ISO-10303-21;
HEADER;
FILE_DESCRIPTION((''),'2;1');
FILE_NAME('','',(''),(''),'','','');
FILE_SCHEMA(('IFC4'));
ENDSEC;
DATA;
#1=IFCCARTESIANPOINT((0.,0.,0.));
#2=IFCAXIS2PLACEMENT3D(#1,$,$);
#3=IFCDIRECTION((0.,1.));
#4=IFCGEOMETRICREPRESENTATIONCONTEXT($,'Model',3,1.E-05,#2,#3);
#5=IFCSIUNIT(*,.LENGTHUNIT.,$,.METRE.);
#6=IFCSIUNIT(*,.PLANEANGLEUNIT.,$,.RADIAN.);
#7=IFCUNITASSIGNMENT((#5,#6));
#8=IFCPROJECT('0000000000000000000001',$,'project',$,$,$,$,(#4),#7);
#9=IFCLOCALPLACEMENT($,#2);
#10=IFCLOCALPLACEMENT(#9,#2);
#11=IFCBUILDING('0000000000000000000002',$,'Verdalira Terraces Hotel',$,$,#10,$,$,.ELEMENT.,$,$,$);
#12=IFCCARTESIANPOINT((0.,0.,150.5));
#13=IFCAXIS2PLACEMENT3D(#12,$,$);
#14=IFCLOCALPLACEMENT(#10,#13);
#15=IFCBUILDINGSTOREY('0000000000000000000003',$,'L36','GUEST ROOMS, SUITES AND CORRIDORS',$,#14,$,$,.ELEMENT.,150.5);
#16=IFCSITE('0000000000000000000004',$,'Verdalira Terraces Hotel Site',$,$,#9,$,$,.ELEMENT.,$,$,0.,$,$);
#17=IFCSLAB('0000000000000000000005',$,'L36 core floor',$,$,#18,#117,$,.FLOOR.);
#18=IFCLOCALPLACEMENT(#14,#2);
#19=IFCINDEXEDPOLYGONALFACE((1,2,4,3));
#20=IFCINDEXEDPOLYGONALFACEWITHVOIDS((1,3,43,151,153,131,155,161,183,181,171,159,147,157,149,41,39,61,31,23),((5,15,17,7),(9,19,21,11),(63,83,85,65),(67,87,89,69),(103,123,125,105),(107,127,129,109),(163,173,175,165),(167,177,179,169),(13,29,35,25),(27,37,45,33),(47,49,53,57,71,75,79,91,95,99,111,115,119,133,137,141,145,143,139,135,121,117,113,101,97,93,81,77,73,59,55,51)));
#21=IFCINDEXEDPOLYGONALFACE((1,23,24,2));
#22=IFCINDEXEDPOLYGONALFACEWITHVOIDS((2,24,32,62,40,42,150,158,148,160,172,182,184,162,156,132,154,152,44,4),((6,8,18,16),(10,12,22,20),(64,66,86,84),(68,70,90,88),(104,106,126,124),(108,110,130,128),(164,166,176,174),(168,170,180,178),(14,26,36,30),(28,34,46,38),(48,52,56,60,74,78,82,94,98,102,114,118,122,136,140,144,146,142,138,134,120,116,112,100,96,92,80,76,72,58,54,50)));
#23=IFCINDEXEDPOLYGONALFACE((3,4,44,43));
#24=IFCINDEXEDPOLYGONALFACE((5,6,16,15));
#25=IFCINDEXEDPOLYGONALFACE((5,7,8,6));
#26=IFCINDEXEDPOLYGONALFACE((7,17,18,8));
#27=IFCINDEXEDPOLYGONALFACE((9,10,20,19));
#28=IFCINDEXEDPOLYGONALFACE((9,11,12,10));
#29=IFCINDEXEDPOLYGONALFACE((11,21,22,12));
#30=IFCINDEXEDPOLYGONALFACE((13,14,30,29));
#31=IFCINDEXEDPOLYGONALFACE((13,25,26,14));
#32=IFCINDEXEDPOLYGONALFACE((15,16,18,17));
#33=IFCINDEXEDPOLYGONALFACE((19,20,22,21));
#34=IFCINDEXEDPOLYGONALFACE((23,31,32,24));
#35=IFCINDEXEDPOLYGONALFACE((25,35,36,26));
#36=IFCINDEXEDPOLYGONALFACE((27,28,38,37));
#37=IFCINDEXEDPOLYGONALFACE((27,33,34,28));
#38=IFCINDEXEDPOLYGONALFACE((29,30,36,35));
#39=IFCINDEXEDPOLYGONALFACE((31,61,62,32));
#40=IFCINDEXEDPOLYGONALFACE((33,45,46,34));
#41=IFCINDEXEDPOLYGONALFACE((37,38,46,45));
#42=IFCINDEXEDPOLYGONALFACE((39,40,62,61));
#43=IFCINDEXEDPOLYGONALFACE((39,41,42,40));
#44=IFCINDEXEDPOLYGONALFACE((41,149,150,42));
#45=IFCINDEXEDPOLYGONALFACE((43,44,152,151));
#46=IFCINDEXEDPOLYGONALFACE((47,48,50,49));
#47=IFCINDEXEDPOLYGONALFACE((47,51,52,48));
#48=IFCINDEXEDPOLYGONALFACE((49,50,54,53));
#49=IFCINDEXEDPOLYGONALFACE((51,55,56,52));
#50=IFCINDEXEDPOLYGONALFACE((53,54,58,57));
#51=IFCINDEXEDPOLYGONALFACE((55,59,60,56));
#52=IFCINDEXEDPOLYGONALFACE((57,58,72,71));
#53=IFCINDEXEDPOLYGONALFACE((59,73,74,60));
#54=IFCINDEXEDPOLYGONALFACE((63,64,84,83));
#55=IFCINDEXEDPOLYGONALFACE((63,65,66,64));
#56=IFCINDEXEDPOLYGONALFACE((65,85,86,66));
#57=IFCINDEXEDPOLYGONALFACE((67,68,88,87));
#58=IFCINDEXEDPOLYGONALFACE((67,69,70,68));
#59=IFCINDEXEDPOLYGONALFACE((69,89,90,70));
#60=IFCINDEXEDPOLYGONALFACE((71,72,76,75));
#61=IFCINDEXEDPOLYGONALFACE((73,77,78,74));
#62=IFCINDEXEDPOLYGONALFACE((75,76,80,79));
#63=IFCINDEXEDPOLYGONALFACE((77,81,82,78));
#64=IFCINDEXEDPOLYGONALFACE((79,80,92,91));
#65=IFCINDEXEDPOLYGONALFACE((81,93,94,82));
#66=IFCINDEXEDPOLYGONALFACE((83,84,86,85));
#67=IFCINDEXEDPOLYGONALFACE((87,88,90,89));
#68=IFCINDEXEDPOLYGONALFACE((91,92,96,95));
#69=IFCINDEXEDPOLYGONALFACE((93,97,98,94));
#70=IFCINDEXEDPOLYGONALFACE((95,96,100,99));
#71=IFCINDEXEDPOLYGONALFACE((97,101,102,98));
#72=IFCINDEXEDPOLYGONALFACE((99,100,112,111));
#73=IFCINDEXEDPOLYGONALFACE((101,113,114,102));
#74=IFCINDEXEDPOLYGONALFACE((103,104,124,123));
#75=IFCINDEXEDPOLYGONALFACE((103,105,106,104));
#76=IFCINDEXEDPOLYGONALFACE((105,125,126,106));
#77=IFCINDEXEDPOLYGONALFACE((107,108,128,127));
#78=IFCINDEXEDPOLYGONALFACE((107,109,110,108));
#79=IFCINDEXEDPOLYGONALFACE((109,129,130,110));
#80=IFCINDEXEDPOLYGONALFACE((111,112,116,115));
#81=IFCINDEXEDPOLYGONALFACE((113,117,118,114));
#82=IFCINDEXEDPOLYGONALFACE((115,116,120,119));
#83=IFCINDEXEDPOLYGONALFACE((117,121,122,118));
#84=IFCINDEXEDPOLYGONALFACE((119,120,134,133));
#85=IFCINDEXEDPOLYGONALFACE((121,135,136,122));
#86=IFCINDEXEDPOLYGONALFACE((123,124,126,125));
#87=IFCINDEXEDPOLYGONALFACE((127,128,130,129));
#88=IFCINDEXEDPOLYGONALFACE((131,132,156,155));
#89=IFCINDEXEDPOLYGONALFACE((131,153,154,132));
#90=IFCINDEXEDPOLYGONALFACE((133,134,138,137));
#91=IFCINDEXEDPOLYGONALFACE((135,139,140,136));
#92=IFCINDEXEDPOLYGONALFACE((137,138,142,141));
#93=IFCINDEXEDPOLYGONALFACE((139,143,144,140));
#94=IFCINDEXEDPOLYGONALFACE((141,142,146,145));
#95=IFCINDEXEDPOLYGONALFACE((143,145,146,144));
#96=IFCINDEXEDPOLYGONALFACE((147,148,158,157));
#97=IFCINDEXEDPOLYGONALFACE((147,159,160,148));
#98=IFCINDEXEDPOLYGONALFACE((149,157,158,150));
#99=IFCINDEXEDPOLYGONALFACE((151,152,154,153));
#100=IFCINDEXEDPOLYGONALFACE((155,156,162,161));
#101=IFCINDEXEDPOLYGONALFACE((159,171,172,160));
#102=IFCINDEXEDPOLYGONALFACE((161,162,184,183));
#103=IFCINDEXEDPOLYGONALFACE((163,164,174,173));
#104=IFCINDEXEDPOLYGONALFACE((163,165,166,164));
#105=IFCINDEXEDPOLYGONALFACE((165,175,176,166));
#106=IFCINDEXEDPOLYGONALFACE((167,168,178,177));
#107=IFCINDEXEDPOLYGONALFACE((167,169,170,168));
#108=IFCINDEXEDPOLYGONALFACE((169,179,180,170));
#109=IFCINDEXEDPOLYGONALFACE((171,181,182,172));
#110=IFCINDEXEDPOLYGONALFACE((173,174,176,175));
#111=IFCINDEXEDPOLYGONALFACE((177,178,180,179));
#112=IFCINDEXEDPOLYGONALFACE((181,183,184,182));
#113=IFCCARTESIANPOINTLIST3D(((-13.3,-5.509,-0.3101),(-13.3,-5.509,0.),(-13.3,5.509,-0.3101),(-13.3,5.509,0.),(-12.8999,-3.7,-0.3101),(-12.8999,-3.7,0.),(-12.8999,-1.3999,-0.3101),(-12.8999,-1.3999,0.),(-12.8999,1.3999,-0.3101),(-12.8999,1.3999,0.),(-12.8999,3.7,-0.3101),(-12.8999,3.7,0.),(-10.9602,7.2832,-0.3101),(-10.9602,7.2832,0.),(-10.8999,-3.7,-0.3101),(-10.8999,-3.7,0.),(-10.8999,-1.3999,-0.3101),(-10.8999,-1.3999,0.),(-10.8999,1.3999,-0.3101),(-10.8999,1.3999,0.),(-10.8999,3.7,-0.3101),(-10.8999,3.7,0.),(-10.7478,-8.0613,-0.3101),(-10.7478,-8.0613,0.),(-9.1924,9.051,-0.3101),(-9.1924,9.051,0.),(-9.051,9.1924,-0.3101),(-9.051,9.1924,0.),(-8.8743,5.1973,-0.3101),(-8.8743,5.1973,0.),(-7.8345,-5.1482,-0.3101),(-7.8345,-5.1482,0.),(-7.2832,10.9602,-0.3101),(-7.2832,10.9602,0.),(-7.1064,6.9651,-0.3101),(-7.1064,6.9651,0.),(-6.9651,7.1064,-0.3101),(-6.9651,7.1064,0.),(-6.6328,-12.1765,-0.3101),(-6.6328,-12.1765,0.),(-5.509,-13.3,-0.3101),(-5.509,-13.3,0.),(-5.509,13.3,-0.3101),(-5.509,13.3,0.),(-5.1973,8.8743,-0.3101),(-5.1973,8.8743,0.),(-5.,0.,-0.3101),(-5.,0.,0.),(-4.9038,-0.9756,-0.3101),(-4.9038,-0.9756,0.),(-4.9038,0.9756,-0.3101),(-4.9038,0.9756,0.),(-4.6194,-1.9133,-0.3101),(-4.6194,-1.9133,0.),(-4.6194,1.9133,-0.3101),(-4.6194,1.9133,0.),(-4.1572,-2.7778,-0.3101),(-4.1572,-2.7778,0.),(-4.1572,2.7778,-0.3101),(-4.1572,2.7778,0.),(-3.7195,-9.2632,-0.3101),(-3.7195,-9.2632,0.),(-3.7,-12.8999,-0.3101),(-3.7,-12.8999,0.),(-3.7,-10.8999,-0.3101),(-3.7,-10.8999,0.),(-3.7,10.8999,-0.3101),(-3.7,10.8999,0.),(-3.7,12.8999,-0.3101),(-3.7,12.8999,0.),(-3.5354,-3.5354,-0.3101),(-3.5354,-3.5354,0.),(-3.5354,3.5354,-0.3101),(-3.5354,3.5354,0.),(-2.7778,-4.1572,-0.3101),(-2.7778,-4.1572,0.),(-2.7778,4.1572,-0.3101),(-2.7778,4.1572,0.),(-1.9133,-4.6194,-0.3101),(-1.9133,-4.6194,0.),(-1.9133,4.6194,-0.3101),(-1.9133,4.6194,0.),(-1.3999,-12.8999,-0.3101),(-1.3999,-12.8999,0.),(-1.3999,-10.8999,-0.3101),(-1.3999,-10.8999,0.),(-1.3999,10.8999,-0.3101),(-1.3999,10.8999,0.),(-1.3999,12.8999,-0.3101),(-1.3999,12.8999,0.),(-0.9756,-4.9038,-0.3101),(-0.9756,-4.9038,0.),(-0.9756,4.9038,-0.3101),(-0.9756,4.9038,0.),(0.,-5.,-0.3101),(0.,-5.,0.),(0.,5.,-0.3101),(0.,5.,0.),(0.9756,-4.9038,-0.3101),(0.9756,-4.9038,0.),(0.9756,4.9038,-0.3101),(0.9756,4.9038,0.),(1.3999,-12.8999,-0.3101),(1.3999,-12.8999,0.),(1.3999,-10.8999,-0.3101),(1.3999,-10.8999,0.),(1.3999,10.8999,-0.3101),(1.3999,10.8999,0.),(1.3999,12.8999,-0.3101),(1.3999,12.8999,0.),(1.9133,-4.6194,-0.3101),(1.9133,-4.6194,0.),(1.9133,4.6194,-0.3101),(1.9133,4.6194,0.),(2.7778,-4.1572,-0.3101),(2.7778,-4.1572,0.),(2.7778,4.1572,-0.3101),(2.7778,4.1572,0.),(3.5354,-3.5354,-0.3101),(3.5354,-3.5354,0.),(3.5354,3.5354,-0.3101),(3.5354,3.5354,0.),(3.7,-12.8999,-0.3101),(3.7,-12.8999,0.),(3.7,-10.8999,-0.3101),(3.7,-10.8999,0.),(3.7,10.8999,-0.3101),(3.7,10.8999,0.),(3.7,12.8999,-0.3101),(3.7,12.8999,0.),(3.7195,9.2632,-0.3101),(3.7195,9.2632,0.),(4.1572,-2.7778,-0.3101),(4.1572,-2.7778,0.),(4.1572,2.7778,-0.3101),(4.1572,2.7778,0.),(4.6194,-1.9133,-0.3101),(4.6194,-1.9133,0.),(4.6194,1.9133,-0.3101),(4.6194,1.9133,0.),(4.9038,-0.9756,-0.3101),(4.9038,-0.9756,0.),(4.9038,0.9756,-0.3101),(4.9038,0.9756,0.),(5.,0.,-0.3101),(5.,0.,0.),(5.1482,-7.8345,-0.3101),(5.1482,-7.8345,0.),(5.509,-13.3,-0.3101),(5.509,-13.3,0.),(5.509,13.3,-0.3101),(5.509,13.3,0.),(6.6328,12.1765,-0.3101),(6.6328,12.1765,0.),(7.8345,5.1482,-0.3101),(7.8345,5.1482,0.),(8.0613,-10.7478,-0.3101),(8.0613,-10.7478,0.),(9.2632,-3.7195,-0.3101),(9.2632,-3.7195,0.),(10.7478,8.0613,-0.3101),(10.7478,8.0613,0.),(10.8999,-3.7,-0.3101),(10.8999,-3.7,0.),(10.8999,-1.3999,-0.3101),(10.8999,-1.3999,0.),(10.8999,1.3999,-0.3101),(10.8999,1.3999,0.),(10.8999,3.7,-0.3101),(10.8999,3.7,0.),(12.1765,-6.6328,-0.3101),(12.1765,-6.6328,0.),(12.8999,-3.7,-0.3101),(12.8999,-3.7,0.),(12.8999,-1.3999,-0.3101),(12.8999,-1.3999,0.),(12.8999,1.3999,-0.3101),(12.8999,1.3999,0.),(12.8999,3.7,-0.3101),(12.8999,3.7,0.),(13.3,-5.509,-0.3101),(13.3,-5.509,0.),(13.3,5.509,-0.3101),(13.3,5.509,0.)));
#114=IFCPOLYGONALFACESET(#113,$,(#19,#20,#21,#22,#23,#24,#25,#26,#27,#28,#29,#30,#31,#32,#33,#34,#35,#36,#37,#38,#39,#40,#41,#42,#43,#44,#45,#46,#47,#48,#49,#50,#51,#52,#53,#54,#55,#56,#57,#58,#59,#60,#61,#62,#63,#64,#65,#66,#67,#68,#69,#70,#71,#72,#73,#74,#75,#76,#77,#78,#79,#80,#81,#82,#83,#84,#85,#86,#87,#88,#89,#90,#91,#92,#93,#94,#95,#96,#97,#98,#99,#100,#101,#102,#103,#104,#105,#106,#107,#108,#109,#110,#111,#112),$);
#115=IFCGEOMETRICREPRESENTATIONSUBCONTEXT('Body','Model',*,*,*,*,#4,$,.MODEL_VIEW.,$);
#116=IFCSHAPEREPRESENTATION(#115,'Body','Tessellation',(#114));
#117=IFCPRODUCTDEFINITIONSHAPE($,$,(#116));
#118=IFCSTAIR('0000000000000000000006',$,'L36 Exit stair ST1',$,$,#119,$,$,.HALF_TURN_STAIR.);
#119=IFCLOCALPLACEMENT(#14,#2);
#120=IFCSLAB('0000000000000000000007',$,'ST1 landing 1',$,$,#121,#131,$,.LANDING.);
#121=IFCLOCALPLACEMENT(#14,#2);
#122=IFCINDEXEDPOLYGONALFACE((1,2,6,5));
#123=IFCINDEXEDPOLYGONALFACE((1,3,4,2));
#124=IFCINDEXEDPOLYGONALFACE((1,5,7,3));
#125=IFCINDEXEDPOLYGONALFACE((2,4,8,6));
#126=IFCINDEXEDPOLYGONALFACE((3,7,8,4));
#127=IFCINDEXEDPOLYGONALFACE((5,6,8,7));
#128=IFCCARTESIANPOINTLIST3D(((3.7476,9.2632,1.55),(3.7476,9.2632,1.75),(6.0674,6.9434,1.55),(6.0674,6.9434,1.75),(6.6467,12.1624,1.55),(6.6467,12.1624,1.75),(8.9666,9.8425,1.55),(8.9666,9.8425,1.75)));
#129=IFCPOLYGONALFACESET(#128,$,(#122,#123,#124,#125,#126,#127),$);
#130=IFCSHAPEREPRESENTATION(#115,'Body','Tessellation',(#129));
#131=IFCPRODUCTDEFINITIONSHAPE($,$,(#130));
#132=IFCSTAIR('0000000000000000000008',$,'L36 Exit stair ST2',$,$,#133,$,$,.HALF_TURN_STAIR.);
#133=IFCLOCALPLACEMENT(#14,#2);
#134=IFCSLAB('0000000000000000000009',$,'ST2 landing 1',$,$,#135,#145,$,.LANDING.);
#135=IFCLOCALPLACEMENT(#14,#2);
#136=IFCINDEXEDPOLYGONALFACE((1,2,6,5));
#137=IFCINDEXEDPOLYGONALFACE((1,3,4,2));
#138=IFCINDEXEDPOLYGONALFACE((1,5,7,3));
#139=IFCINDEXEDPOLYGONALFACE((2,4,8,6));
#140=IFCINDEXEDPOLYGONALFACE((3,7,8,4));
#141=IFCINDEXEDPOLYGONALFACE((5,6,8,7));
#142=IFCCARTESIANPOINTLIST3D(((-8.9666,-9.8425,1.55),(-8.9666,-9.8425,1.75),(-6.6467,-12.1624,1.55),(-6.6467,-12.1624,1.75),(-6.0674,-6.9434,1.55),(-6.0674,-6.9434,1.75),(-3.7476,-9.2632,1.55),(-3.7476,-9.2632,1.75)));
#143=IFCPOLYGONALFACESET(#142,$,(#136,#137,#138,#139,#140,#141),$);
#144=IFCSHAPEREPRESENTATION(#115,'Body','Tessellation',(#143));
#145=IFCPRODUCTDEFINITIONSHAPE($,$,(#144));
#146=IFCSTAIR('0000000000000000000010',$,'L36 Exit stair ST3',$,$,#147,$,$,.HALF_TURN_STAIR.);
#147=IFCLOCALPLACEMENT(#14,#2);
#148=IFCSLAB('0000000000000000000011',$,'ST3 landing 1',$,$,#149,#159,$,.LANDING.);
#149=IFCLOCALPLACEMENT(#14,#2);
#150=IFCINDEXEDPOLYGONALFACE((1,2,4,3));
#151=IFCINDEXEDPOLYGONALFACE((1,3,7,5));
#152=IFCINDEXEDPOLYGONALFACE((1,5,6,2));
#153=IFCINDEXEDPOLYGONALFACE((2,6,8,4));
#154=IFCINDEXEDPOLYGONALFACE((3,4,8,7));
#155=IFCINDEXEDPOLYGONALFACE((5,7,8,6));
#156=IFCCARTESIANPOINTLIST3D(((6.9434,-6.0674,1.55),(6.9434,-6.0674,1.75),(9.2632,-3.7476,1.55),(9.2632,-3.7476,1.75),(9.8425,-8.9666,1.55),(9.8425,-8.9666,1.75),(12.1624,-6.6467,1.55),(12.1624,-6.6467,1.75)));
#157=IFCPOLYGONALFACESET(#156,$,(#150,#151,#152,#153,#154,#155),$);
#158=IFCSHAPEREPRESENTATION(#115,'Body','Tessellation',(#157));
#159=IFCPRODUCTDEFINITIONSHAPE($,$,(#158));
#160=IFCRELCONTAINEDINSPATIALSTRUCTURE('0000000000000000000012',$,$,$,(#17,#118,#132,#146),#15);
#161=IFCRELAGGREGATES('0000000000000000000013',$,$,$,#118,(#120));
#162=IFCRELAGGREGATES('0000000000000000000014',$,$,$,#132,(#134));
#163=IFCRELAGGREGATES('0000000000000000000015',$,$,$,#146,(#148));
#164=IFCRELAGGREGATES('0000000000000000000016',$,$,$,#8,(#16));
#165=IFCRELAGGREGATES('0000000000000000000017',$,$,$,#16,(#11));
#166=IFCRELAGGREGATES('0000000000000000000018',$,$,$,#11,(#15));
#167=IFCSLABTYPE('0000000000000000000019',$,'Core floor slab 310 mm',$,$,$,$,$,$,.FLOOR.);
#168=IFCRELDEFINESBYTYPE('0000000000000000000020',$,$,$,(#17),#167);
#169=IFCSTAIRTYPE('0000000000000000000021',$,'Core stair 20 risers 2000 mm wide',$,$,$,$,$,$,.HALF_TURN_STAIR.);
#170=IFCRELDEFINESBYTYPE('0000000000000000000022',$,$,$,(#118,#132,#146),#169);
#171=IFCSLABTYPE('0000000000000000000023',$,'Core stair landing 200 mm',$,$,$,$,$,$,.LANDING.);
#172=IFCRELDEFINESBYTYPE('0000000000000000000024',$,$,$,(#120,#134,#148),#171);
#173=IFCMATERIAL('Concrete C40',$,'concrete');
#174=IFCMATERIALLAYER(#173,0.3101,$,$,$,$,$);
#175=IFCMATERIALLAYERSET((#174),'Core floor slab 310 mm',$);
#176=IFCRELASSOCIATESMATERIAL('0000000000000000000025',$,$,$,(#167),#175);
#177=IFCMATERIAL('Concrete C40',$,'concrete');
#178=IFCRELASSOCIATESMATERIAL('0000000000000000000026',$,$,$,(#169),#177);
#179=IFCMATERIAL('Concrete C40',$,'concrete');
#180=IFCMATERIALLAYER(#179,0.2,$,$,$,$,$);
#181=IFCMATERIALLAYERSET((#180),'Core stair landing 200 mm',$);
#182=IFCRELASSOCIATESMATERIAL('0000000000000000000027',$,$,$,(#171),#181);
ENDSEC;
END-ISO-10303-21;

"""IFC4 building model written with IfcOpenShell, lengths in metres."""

from ifc_helpers import new_model, si_unit, direction, frame, origin, place, context, subcontext, project, spatial, polyline, outline, extrude, material, layer, layer_set, type_object, element, aggregate, save


model = new_model("IFC4")

# Units and contexts
model_context = context("Model", 3, precision=1e-05, world=origin(), true_north=direction((0.0, 1.0)))
body_context = subcontext(model_context, "Body", "Model", "MODEL_VIEW")
ifc_project = project(units=[si_unit("LENGTHUNIT", "METRE"), si_unit("PLANEANGLEUNIT", "RADIAN")], contexts=[model_context])

# Site, building, storey
site_placement = place(None, origin())
site = spatial("IfcSite", under=ifc_project, at=site_placement, Name="Verdalira Terraces Hotel Site", CompositionType="ELEMENT", RefElevation=0.0)
building_placement = place(site_placement, origin())
building = spatial("IfcBuilding", under=site, at=building_placement, Name="Verdalira Terraces Hotel", CompositionType="ELEMENT")
storey_placement = place(building_placement, frame((0.0, 0.0, 150.5)))
storey = spatial("IfcBuildingStorey", under=building, at=storey_placement, Name="L36", Description="GUEST ROOMS, SUITES AND CORRIDORS", CompositionType="ELEMENT", Elevation=150.5)

# Slab
ifc_material_1 = material(Name="Concrete C40", Category="concrete")
ifc_layer_1 = layer(ifc_material_1, 0.3101)
ifc_layer_set_1 = layer_set([ifc_layer_1], Name="Core floor slab 310 mm")
slab_type_1 = type_object("IfcSlabType", Name="Core floor slab 310 mm", PredefinedType="FLOOR", material=ifc_layer_set_1)
slab_1_placement = place(storey_placement, frame((0.0, 0.0, -0.3101)))
element("IfcSlab", 1, at=slab_1_placement, inside=storey, type_object=slab_type_1, Name="L36 core floor", PredefinedType="FLOOR", context=body_context, shape_type="SweptSolid", body=[
    extrude(outline(polyline([(-5.509, 13.3), (5.509, 13.3), (6.6328, 12.1765), (3.7195, 9.2632), (7.8345, 5.1482), (10.7478, 8.0613), (13.3, 5.509), (13.3, -5.509), (12.1765, -6.6328), (9.2632, -3.7195), (5.1482, -7.8345), (8.0613, -10.7478), (5.509, -13.3), (-5.509, -13.3), (-6.6328, -12.1765), (-3.7195, -9.2632), (-7.8345, -5.1482), (-10.7478, -8.0613), (-13.3, -5.509), (-13.3, 5.509), (-5.509, 13.3)]), holes=[polyline([(12.8999, -3.7), (12.8999, -1.3999), (10.8999, -1.3999), (10.8999, -3.7), (12.8999, -3.7)]), polyline([(12.8999, 1.3999), (12.8999, 3.7), (10.8999, 3.7), (10.8999, 1.3999), (12.8999, 1.3999)]), polyline([(1.3999, 10.8999), (3.7, 10.8999), (3.7, 12.8999), (1.3999, 12.8999), (1.3999, 10.8999)]), polyline([(-3.7, 10.8999), (-1.3999, 10.8999), (-1.3999, 12.8999), (-3.7, 12.8999), (-3.7, 10.8999)]), polyline([(-12.8999, 3.7), (-12.8999, 1.3999), (-10.8999, 1.3999), (-10.8999, 3.7), (-12.8999, 3.7)]), polyline([(-12.8999, -1.3999), (-12.8999, -3.7), (-10.8999, -3.7), (-10.8999, -1.3999), (-12.8999, -1.3999)]), polyline([(-1.3999, -10.8999), (-3.7, -10.8999), (-3.7, -12.8999), (-1.3999, -12.8999), (-1.3999, -10.8999)]), polyline([(3.7, -10.8999), (1.3999, -10.8999), (1.3999, -12.8999), (3.7, -12.8999), (3.7, -10.8999)]), polyline([(-9.051, 9.1924), (-6.9651, 7.1064), (-5.1973, 8.8743), (-7.2832, 10.9602), (-9.051, 9.1924)]), polyline([(-9.1924, 9.051), (-10.9602, 7.2832), (-8.8743, 5.1973), (-7.1064, 6.9651), (-9.1924, 9.051)]), polyline([(3.5354, 3.5354), (2.7778, 4.1572), (1.9133, 4.6194), (0.9756, 4.9038), (0.0, 5.0), (-0.9756, 4.9038), (-1.9133, 4.6194), (-2.7778, 4.1572), (-3.5354, 3.5354), (-4.1572, 2.7778), (-4.6194, 1.9133), (-4.9038, 0.9756), (-5.0, 0.0), (-4.9038, -0.9756), (-4.6194, -1.9133), (-4.1572, -2.7778), (-3.5354, -3.5354), (-2.7778, -4.1572), (-1.9133, -4.6194), (-0.9756, -4.9038), (0.0, -5.0), (0.9756, -4.9038), (1.9133, -4.6194), (2.7778, -4.1572), (3.5354, -3.5354), (4.1572, -2.7778), (4.6194, -1.9133), (4.9038, -0.9756), (5.0, 0.0), (4.9038, 0.9756), (4.6194, 1.9133), (4.1572, 2.7778), (3.5354, 3.5354)])]), origin(), (0.0, 0.0, 1.0), 0.3101),
])

# Stairs, slabs
ifc_material_2 = material(Name="Concrete C40", Category="concrete")
stair_type = type_object("IfcStairType", Name="Core stair 20 risers 2000 mm wide", PredefinedType="HALF_TURN_STAIR", material=ifc_material_2)
stair_1_placement = place(storey_placement, origin())
stair_1 = element("IfcStair", 2, at=stair_1_placement, inside=storey, type_object=stair_type, Name="L36 Exit stair ST1", PredefinedType="HALF_TURN_STAIR")
ifc_material_3 = material(Name="Concrete C40", Category="concrete")
ifc_layer_2 = layer(ifc_material_3, 0.2)
ifc_layer_set_2 = layer_set([ifc_layer_2], Name="Core stair landing 200 mm")
slab_type_2 = type_object("IfcSlabType", Name="Core stair landing 200 mm", PredefinedType="LANDING", material=ifc_layer_set_2)
slab_2_placement = place(storey_placement, frame((0.0, 0.0, 1.55)))
slab_2 = element("IfcSlab", 3, at=slab_2_placement, type_object=slab_type_2, Name="ST1 landing 1", PredefinedType="LANDING", context=body_context, shape_type="SweptSolid", body=[
    extrude(outline(polyline([(8.9666, 9.8425), (6.6467, 12.1624), (3.7476, 9.2632), (6.0674, 6.9434), (8.9666, 9.8425)])), origin(), (0.0, 0.0, 1.0), 0.2),
])
aggregate(stair_1, [slab_2])
stair_2_placement = place(storey_placement, origin())
stair_2 = element("IfcStair", 4, at=stair_2_placement, inside=storey, type_object=stair_type, Name="L36 Exit stair ST2", PredefinedType="HALF_TURN_STAIR")
slab_3_placement = place(storey_placement, frame((0.0, 0.0, 1.55)))
slab_3 = element("IfcSlab", 5, at=slab_3_placement, type_object=slab_type_2, Name="ST2 landing 1", PredefinedType="LANDING", context=body_context, shape_type="SweptSolid", body=[
    extrude(outline(polyline([(-8.9666, -9.8425), (-6.6467, -12.1624), (-3.7476, -9.2632), (-6.0674, -6.9434), (-8.9666, -9.8425)])), origin(), (0.0, 0.0, 1.0), 0.2),
])
aggregate(stair_2, [slab_3])
stair_3_placement = place(storey_placement, origin())
stair_3 = element("IfcStair", 6, at=stair_3_placement, inside=storey, type_object=stair_type, Name="L36 Exit stair ST3", PredefinedType="HALF_TURN_STAIR")
slab_4_placement = place(storey_placement, frame((0.0, 0.0, 1.55)))
slab_4 = element("IfcSlab", 7, at=slab_4_placement, type_object=slab_type_2, Name="ST3 landing 1", PredefinedType="LANDING", context=body_context, shape_type="SweptSolid", body=[
    extrude(outline(polyline([(9.8425, -8.9666), (12.1624, -6.6467), (9.2632, -3.7476), (6.9434, -6.0674), (9.8425, -8.9666)])), origin(), (0.0, 0.0, 1.0), 0.2),
])
aggregate(stair_3, [slab_4])

save(model, "model.ifc")
